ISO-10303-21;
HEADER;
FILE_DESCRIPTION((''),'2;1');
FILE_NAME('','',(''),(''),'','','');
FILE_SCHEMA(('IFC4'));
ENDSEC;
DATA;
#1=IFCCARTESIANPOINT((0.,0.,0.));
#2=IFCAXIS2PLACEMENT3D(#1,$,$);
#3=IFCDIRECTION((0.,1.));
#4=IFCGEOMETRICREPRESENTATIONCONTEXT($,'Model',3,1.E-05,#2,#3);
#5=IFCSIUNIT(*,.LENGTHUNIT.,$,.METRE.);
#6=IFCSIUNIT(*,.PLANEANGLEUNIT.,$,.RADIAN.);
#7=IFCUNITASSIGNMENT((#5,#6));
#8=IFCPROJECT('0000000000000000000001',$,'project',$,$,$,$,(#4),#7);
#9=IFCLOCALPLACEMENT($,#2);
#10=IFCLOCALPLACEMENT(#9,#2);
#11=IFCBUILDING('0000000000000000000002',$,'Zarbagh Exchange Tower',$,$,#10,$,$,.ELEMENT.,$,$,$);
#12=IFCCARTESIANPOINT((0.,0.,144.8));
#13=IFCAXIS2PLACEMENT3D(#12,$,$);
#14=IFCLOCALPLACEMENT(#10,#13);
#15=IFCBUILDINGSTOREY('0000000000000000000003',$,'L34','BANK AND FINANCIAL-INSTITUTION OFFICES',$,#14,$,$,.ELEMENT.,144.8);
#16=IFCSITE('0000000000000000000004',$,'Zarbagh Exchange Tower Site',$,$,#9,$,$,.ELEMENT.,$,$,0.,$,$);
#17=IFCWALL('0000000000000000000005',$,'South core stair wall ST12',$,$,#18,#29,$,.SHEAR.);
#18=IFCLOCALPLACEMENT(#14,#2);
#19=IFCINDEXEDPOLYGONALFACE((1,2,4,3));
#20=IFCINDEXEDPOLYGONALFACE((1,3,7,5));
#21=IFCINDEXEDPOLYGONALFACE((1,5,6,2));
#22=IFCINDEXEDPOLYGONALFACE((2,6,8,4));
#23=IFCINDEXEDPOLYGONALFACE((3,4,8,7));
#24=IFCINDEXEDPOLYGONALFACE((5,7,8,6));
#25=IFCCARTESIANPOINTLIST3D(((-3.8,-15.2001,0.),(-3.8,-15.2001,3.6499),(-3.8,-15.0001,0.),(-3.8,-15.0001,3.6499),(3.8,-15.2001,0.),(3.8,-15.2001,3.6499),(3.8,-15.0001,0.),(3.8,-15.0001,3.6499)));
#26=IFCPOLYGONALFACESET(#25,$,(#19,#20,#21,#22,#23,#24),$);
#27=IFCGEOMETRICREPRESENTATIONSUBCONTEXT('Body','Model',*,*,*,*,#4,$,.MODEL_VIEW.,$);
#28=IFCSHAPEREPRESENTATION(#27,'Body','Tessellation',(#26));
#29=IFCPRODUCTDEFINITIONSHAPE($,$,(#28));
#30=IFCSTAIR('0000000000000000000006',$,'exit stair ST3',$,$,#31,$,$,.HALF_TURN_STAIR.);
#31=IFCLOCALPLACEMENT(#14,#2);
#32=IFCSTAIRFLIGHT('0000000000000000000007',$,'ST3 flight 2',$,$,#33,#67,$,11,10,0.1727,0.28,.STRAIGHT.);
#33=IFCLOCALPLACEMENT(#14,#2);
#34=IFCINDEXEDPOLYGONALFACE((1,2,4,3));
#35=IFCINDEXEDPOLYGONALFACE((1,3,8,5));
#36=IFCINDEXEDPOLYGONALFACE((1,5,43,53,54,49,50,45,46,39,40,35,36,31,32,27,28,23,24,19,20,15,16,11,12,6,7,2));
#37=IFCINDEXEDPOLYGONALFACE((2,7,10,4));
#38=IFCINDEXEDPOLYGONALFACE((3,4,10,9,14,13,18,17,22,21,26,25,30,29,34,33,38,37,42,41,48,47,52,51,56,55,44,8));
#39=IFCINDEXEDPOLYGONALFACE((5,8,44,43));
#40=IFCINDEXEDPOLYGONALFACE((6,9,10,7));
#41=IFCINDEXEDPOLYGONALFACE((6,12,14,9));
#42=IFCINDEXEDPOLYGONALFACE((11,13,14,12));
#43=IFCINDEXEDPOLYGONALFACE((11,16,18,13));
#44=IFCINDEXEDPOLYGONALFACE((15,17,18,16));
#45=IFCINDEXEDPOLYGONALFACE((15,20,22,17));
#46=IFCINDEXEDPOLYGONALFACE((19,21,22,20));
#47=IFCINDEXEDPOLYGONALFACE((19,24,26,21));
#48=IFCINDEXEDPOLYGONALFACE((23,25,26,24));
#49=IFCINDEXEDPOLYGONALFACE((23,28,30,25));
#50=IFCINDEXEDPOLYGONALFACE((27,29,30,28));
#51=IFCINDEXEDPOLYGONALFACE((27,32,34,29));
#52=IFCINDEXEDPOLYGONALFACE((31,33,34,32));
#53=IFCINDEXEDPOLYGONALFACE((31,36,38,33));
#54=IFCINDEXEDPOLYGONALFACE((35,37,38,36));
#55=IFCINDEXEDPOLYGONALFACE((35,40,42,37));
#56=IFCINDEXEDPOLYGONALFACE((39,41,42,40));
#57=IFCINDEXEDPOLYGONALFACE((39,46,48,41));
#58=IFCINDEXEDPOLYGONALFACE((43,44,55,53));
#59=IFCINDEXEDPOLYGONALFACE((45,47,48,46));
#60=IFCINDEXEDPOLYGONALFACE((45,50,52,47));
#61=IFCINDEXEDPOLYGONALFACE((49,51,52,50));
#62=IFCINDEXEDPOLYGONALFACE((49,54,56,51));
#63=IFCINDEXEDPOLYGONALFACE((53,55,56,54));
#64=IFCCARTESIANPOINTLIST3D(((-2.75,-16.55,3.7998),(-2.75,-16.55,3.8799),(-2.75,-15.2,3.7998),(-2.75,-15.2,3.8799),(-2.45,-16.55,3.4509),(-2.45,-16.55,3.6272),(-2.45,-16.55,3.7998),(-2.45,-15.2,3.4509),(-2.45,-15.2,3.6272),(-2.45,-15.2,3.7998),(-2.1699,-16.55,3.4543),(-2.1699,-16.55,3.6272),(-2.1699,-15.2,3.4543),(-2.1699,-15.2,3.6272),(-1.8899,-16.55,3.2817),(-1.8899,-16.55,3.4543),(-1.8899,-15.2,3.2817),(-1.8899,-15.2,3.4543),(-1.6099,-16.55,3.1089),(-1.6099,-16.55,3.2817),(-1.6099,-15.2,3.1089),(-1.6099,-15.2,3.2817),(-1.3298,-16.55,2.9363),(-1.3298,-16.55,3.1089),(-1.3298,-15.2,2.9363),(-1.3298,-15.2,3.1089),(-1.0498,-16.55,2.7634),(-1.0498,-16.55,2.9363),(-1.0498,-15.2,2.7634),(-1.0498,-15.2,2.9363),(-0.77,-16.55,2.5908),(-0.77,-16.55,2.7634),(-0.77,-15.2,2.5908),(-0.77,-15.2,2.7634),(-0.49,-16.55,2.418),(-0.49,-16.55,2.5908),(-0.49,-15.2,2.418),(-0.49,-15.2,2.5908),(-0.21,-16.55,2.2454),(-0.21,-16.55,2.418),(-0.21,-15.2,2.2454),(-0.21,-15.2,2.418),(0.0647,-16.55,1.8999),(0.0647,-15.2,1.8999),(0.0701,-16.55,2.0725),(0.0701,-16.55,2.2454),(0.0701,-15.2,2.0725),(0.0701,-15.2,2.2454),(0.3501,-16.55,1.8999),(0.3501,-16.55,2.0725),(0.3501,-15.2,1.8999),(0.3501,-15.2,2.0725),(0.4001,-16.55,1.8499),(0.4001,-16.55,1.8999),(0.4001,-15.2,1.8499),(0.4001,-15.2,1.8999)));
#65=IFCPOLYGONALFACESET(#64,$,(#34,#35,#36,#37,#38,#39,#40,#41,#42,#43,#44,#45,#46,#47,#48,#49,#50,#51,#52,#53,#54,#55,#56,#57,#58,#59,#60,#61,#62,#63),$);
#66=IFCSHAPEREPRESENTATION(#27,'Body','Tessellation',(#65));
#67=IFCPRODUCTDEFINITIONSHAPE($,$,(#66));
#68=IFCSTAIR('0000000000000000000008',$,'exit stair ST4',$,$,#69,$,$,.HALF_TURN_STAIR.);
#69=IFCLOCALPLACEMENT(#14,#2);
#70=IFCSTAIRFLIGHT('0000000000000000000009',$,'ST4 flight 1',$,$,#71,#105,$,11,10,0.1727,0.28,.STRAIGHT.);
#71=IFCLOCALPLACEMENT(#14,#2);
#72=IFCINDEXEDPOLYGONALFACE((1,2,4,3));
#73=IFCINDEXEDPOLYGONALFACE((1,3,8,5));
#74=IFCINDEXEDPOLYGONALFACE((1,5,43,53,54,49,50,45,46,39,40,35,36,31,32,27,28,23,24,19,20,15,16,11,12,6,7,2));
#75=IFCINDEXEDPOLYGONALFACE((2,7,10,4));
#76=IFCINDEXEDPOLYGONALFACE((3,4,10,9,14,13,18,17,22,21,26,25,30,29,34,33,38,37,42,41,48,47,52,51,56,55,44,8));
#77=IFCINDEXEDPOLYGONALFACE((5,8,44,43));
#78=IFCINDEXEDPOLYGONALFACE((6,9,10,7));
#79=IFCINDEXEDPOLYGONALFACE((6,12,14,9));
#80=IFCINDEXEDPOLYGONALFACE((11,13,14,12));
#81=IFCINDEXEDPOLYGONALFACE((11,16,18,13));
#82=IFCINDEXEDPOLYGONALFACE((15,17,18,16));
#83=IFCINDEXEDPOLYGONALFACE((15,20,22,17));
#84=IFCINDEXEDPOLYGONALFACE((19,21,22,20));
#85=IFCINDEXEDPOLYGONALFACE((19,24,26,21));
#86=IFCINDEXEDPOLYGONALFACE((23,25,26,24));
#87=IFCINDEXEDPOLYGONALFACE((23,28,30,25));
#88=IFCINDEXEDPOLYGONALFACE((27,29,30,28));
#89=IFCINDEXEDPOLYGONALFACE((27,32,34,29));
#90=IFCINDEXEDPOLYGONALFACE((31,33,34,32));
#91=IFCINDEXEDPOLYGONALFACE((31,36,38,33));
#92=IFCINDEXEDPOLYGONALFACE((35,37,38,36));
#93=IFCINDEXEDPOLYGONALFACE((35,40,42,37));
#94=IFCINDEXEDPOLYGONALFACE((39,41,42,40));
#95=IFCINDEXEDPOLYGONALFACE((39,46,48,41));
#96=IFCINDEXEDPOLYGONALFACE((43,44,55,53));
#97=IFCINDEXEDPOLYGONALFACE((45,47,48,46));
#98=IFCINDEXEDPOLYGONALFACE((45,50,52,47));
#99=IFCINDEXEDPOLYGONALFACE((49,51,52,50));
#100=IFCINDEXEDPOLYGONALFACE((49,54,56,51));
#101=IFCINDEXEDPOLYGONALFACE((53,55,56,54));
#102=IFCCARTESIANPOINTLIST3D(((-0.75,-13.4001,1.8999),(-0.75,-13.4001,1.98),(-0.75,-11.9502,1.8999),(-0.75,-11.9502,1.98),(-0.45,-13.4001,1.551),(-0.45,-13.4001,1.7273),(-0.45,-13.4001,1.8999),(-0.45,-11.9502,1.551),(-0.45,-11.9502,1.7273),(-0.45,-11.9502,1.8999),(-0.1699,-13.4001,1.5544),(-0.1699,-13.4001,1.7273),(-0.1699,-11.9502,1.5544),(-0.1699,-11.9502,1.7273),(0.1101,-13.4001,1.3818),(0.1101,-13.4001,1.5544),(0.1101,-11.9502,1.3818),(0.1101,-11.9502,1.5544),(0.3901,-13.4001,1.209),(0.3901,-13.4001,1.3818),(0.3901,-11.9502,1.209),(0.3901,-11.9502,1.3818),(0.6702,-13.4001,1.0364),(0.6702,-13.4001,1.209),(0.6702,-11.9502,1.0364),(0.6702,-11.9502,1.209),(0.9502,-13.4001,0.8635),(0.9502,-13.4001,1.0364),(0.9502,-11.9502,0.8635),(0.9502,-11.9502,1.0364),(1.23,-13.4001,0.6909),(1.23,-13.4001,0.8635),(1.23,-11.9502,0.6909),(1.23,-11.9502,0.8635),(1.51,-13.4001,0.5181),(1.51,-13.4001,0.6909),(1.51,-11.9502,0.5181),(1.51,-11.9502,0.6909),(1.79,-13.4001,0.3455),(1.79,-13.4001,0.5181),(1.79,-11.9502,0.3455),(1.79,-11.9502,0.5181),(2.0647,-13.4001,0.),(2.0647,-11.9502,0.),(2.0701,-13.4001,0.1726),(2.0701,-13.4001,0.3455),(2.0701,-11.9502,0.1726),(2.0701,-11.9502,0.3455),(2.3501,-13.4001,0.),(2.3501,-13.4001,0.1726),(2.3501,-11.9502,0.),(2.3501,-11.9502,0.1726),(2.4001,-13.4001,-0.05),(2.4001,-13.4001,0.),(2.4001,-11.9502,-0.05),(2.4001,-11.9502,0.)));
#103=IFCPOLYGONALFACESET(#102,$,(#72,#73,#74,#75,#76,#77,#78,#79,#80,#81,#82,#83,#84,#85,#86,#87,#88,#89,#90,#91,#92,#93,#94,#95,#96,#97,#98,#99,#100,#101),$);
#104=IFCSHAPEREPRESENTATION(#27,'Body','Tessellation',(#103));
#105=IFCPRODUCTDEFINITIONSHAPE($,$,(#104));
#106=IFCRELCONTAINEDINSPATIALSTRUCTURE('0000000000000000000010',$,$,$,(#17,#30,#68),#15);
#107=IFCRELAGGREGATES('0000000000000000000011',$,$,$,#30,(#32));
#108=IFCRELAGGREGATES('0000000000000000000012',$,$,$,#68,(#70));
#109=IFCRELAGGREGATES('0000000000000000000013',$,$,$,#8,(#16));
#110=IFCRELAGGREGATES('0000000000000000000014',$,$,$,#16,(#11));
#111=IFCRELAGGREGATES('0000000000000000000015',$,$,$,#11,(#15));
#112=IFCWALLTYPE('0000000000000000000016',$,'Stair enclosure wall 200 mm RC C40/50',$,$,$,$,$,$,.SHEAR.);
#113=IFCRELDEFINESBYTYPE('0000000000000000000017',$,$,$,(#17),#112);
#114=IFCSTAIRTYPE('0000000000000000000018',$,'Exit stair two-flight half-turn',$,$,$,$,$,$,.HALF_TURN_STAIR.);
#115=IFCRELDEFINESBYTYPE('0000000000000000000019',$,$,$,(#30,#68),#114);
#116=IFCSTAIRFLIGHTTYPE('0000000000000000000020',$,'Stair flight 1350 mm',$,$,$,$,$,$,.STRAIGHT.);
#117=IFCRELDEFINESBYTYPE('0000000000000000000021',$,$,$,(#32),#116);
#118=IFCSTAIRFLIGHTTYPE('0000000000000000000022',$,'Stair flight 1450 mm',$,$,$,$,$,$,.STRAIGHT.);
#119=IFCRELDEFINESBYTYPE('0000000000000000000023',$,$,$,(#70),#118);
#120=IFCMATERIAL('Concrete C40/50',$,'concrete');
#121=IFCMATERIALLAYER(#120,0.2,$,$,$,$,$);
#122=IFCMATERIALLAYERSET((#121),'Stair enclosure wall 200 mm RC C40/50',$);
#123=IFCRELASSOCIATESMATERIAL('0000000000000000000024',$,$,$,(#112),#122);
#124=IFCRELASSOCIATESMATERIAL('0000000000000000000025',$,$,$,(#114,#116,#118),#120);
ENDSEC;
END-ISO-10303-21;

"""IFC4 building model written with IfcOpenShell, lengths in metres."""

from ifc_helpers import new_model, si_unit, direction, frame, frame_2d, origin, place, context, subcontext, project, spatial, polyline, rectangle, outline, extrude, material, layer, layer_set, type_object, element, aggregate, save


model = new_model("IFC4")

# Units and contexts
model_context = context("Model", 3, precision=1e-05, world=origin(), true_north=direction((0.0, 1.0)))
body_context = subcontext(model_context, "Body", "Model", "MODEL_VIEW")
ifc_project = project(units=[si_unit("LENGTHUNIT", "METRE"), si_unit("PLANEANGLEUNIT", "RADIAN")], contexts=[model_context])

# Site, building, storey
site_placement = place(None, origin())
site = spatial("IfcSite", under=ifc_project, at=site_placement, Name="Zarbagh Exchange Tower Site", CompositionType="ELEMENT", RefElevation=0.0)
building_placement = place(site_placement, origin())
building = spatial("IfcBuilding", under=site, at=building_placement, Name="Zarbagh Exchange Tower", CompositionType="ELEMENT")
storey_placement = place(building_placement, frame((0.0, 0.0, 144.8)))
storey = spatial("IfcBuildingStorey", under=building, at=storey_placement, Name="L34", Description="BANK AND FINANCIAL-INSTITUTION OFFICES", CompositionType="ELEMENT", Elevation=144.8)

# Wall
ifc_material_1 = material(Name="Concrete C40/50", Category="concrete")
ifc_layer_1 = layer(ifc_material_1, 0.2)
ifc_layer_set_1 = layer_set([ifc_layer_1], Name="Stair enclosure wall 200 mm RC C40/50")
wall_type_1 = type_object("IfcWallType", Name="Stair enclosure wall 200 mm RC C40/50", PredefinedType="SHEAR", material=ifc_layer_set_1)
for number, where, z_axis, x_axis, name in (
    (1, (3.8, -15.1001, 0.0), (0.0, 0.0, 1.0), (-1.0, 0.0, 0.0), "South core stair wall ST12"),
):
    element("IfcWall", number, at=place(storey_placement, frame(where, z_axis=z_axis, x_axis=x_axis)), inside=storey, type_object=wall_type_1, Name=name, PredefinedType="SHEAR", context=body_context, shape_type="SweptSolid", body=[
        extrude(rectangle(XDim=7.6001, YDim=0.2, at=frame_2d((3.8, 0.0))), origin(), (0.0, 0.0, 1.0), 3.6499),
    ])

# Stairs, stair flights
stair_type = type_object("IfcStairType", Name="Exit stair two-flight half-turn", PredefinedType="HALF_TURN_STAIR", material=ifc_material_1)
stair_1_placement = place(storey_placement, origin())
stair_1 = element("IfcStair", 2, at=stair_1_placement, inside=storey, type_object=stair_type, Name="exit stair ST3", PredefinedType="HALF_TURN_STAIR")
stair_flight_type_1 = type_object("IfcStairFlightType", Name="Stair flight 1350 mm", PredefinedType="STRAIGHT", material=ifc_material_1)
stair_flight_1_placement = place(storey_placement, frame((0.3501, -15.875, 1.8999), z_axis=(0.0, 0.0, 1.0), x_axis=(-1.0, 0.0, 0.0)))
stair_flight_1 = element("IfcStairFlight", 3, at=stair_flight_1_placement, type_object=stair_flight_type_1, Name="ST3 flight 2", NumberOfRisers=11, NumberOfTreads=10, PredefinedType="STRAIGHT", RiserHeight=0.1727, TreadLength=0.28, context=body_context, shape_type="SweptSolid", body=[
    extrude(outline(polyline([(-0.05, -0.05), (-0.05, 0.0), (0.0, 0.0), (0.0, 0.1726), (0.28, 0.1726), (0.28, 0.3455), (0.5601, 0.3455), (0.5601, 0.5181), (0.8401, 0.5181), (0.8401, 0.6909), (1.1201, 0.6909), (1.1201, 0.8635), (1.3999, 0.8635), (1.3999, 1.0364), (1.6799, 1.0364), (1.6799, 1.209), (1.96, 1.209), (1.96, 1.3818), (2.24, 1.3818), (2.24, 1.5544), (2.52, 1.5544), (2.52, 1.7273), (2.8, 1.7273), (2.8, 1.8999), (3.1001, 1.98), (3.1001, 1.8999), (2.8, 1.551), (0.2854, 0.0), (-0.05, -0.05)])), frame((0.0, 0.675, 0.0), z_axis=(0.0, -1.0, 0.0), x_axis=(1.0, 0.0, 0.0)), (0.0, 0.0, 1.0), 1.3501),
])
aggregate(stair_1, [stair_flight_1])
stair_2_placement = place(storey_placement, origin())
stair_2 = element("IfcStair", 4, at=stair_2_placement, inside=storey, type_object=stair_type, Name="exit stair ST4", PredefinedType="HALF_TURN_STAIR")
stair_flight_type_2 = type_object("IfcStairFlightType", Name="Stair flight 1450 mm", PredefinedType="STRAIGHT", material=ifc_material_1)
stair_flight_2_placement = place(storey_placement, frame((2.3501, -12.675, 0.0), z_axis=(0.0, 0.0, 1.0), x_axis=(-1.0, 0.0, 0.0)))
stair_flight_2 = element("IfcStairFlight", 5, at=stair_flight_2_placement, type_object=stair_flight_type_2, Name="ST4 flight 1", NumberOfRisers=11, NumberOfTreads=10, PredefinedType="STRAIGHT", RiserHeight=0.1727, TreadLength=0.28, context=body_context, shape_type="SweptSolid", body=[
    extrude(outline(polyline([(-0.05, -0.05), (-0.05, 0.0), (0.0, 0.0), (0.0, 0.1726), (0.28, 0.1726), (0.28, 0.3455), (0.5601, 0.3455), (0.5601, 0.5181), (0.8401, 0.5181), (0.8401, 0.6909), (1.1201, 0.6909), (1.1201, 0.8635), (1.3999, 0.8635), (1.3999, 1.0364), (1.6799, 1.0364), (1.6799, 1.209), (1.96, 1.209), (1.96, 1.3818), (2.24, 1.3818), (2.24, 1.5544), (2.52, 1.5544), (2.52, 1.7273), (2.8, 1.7273), (2.8, 1.8999), (3.1001, 1.98), (3.1001, 1.8999), (2.8, 1.551), (0.2854, 0.0), (-0.05, -0.05)])), frame((0.0, 0.7251, 0.0), z_axis=(0.0, -1.0, 0.0), x_axis=(1.0, 0.0, 0.0)), (0.0, 0.0, 1.0), 1.45),
])
aggregate(stair_2, [stair_flight_2])

save(model, "model.ifc")
